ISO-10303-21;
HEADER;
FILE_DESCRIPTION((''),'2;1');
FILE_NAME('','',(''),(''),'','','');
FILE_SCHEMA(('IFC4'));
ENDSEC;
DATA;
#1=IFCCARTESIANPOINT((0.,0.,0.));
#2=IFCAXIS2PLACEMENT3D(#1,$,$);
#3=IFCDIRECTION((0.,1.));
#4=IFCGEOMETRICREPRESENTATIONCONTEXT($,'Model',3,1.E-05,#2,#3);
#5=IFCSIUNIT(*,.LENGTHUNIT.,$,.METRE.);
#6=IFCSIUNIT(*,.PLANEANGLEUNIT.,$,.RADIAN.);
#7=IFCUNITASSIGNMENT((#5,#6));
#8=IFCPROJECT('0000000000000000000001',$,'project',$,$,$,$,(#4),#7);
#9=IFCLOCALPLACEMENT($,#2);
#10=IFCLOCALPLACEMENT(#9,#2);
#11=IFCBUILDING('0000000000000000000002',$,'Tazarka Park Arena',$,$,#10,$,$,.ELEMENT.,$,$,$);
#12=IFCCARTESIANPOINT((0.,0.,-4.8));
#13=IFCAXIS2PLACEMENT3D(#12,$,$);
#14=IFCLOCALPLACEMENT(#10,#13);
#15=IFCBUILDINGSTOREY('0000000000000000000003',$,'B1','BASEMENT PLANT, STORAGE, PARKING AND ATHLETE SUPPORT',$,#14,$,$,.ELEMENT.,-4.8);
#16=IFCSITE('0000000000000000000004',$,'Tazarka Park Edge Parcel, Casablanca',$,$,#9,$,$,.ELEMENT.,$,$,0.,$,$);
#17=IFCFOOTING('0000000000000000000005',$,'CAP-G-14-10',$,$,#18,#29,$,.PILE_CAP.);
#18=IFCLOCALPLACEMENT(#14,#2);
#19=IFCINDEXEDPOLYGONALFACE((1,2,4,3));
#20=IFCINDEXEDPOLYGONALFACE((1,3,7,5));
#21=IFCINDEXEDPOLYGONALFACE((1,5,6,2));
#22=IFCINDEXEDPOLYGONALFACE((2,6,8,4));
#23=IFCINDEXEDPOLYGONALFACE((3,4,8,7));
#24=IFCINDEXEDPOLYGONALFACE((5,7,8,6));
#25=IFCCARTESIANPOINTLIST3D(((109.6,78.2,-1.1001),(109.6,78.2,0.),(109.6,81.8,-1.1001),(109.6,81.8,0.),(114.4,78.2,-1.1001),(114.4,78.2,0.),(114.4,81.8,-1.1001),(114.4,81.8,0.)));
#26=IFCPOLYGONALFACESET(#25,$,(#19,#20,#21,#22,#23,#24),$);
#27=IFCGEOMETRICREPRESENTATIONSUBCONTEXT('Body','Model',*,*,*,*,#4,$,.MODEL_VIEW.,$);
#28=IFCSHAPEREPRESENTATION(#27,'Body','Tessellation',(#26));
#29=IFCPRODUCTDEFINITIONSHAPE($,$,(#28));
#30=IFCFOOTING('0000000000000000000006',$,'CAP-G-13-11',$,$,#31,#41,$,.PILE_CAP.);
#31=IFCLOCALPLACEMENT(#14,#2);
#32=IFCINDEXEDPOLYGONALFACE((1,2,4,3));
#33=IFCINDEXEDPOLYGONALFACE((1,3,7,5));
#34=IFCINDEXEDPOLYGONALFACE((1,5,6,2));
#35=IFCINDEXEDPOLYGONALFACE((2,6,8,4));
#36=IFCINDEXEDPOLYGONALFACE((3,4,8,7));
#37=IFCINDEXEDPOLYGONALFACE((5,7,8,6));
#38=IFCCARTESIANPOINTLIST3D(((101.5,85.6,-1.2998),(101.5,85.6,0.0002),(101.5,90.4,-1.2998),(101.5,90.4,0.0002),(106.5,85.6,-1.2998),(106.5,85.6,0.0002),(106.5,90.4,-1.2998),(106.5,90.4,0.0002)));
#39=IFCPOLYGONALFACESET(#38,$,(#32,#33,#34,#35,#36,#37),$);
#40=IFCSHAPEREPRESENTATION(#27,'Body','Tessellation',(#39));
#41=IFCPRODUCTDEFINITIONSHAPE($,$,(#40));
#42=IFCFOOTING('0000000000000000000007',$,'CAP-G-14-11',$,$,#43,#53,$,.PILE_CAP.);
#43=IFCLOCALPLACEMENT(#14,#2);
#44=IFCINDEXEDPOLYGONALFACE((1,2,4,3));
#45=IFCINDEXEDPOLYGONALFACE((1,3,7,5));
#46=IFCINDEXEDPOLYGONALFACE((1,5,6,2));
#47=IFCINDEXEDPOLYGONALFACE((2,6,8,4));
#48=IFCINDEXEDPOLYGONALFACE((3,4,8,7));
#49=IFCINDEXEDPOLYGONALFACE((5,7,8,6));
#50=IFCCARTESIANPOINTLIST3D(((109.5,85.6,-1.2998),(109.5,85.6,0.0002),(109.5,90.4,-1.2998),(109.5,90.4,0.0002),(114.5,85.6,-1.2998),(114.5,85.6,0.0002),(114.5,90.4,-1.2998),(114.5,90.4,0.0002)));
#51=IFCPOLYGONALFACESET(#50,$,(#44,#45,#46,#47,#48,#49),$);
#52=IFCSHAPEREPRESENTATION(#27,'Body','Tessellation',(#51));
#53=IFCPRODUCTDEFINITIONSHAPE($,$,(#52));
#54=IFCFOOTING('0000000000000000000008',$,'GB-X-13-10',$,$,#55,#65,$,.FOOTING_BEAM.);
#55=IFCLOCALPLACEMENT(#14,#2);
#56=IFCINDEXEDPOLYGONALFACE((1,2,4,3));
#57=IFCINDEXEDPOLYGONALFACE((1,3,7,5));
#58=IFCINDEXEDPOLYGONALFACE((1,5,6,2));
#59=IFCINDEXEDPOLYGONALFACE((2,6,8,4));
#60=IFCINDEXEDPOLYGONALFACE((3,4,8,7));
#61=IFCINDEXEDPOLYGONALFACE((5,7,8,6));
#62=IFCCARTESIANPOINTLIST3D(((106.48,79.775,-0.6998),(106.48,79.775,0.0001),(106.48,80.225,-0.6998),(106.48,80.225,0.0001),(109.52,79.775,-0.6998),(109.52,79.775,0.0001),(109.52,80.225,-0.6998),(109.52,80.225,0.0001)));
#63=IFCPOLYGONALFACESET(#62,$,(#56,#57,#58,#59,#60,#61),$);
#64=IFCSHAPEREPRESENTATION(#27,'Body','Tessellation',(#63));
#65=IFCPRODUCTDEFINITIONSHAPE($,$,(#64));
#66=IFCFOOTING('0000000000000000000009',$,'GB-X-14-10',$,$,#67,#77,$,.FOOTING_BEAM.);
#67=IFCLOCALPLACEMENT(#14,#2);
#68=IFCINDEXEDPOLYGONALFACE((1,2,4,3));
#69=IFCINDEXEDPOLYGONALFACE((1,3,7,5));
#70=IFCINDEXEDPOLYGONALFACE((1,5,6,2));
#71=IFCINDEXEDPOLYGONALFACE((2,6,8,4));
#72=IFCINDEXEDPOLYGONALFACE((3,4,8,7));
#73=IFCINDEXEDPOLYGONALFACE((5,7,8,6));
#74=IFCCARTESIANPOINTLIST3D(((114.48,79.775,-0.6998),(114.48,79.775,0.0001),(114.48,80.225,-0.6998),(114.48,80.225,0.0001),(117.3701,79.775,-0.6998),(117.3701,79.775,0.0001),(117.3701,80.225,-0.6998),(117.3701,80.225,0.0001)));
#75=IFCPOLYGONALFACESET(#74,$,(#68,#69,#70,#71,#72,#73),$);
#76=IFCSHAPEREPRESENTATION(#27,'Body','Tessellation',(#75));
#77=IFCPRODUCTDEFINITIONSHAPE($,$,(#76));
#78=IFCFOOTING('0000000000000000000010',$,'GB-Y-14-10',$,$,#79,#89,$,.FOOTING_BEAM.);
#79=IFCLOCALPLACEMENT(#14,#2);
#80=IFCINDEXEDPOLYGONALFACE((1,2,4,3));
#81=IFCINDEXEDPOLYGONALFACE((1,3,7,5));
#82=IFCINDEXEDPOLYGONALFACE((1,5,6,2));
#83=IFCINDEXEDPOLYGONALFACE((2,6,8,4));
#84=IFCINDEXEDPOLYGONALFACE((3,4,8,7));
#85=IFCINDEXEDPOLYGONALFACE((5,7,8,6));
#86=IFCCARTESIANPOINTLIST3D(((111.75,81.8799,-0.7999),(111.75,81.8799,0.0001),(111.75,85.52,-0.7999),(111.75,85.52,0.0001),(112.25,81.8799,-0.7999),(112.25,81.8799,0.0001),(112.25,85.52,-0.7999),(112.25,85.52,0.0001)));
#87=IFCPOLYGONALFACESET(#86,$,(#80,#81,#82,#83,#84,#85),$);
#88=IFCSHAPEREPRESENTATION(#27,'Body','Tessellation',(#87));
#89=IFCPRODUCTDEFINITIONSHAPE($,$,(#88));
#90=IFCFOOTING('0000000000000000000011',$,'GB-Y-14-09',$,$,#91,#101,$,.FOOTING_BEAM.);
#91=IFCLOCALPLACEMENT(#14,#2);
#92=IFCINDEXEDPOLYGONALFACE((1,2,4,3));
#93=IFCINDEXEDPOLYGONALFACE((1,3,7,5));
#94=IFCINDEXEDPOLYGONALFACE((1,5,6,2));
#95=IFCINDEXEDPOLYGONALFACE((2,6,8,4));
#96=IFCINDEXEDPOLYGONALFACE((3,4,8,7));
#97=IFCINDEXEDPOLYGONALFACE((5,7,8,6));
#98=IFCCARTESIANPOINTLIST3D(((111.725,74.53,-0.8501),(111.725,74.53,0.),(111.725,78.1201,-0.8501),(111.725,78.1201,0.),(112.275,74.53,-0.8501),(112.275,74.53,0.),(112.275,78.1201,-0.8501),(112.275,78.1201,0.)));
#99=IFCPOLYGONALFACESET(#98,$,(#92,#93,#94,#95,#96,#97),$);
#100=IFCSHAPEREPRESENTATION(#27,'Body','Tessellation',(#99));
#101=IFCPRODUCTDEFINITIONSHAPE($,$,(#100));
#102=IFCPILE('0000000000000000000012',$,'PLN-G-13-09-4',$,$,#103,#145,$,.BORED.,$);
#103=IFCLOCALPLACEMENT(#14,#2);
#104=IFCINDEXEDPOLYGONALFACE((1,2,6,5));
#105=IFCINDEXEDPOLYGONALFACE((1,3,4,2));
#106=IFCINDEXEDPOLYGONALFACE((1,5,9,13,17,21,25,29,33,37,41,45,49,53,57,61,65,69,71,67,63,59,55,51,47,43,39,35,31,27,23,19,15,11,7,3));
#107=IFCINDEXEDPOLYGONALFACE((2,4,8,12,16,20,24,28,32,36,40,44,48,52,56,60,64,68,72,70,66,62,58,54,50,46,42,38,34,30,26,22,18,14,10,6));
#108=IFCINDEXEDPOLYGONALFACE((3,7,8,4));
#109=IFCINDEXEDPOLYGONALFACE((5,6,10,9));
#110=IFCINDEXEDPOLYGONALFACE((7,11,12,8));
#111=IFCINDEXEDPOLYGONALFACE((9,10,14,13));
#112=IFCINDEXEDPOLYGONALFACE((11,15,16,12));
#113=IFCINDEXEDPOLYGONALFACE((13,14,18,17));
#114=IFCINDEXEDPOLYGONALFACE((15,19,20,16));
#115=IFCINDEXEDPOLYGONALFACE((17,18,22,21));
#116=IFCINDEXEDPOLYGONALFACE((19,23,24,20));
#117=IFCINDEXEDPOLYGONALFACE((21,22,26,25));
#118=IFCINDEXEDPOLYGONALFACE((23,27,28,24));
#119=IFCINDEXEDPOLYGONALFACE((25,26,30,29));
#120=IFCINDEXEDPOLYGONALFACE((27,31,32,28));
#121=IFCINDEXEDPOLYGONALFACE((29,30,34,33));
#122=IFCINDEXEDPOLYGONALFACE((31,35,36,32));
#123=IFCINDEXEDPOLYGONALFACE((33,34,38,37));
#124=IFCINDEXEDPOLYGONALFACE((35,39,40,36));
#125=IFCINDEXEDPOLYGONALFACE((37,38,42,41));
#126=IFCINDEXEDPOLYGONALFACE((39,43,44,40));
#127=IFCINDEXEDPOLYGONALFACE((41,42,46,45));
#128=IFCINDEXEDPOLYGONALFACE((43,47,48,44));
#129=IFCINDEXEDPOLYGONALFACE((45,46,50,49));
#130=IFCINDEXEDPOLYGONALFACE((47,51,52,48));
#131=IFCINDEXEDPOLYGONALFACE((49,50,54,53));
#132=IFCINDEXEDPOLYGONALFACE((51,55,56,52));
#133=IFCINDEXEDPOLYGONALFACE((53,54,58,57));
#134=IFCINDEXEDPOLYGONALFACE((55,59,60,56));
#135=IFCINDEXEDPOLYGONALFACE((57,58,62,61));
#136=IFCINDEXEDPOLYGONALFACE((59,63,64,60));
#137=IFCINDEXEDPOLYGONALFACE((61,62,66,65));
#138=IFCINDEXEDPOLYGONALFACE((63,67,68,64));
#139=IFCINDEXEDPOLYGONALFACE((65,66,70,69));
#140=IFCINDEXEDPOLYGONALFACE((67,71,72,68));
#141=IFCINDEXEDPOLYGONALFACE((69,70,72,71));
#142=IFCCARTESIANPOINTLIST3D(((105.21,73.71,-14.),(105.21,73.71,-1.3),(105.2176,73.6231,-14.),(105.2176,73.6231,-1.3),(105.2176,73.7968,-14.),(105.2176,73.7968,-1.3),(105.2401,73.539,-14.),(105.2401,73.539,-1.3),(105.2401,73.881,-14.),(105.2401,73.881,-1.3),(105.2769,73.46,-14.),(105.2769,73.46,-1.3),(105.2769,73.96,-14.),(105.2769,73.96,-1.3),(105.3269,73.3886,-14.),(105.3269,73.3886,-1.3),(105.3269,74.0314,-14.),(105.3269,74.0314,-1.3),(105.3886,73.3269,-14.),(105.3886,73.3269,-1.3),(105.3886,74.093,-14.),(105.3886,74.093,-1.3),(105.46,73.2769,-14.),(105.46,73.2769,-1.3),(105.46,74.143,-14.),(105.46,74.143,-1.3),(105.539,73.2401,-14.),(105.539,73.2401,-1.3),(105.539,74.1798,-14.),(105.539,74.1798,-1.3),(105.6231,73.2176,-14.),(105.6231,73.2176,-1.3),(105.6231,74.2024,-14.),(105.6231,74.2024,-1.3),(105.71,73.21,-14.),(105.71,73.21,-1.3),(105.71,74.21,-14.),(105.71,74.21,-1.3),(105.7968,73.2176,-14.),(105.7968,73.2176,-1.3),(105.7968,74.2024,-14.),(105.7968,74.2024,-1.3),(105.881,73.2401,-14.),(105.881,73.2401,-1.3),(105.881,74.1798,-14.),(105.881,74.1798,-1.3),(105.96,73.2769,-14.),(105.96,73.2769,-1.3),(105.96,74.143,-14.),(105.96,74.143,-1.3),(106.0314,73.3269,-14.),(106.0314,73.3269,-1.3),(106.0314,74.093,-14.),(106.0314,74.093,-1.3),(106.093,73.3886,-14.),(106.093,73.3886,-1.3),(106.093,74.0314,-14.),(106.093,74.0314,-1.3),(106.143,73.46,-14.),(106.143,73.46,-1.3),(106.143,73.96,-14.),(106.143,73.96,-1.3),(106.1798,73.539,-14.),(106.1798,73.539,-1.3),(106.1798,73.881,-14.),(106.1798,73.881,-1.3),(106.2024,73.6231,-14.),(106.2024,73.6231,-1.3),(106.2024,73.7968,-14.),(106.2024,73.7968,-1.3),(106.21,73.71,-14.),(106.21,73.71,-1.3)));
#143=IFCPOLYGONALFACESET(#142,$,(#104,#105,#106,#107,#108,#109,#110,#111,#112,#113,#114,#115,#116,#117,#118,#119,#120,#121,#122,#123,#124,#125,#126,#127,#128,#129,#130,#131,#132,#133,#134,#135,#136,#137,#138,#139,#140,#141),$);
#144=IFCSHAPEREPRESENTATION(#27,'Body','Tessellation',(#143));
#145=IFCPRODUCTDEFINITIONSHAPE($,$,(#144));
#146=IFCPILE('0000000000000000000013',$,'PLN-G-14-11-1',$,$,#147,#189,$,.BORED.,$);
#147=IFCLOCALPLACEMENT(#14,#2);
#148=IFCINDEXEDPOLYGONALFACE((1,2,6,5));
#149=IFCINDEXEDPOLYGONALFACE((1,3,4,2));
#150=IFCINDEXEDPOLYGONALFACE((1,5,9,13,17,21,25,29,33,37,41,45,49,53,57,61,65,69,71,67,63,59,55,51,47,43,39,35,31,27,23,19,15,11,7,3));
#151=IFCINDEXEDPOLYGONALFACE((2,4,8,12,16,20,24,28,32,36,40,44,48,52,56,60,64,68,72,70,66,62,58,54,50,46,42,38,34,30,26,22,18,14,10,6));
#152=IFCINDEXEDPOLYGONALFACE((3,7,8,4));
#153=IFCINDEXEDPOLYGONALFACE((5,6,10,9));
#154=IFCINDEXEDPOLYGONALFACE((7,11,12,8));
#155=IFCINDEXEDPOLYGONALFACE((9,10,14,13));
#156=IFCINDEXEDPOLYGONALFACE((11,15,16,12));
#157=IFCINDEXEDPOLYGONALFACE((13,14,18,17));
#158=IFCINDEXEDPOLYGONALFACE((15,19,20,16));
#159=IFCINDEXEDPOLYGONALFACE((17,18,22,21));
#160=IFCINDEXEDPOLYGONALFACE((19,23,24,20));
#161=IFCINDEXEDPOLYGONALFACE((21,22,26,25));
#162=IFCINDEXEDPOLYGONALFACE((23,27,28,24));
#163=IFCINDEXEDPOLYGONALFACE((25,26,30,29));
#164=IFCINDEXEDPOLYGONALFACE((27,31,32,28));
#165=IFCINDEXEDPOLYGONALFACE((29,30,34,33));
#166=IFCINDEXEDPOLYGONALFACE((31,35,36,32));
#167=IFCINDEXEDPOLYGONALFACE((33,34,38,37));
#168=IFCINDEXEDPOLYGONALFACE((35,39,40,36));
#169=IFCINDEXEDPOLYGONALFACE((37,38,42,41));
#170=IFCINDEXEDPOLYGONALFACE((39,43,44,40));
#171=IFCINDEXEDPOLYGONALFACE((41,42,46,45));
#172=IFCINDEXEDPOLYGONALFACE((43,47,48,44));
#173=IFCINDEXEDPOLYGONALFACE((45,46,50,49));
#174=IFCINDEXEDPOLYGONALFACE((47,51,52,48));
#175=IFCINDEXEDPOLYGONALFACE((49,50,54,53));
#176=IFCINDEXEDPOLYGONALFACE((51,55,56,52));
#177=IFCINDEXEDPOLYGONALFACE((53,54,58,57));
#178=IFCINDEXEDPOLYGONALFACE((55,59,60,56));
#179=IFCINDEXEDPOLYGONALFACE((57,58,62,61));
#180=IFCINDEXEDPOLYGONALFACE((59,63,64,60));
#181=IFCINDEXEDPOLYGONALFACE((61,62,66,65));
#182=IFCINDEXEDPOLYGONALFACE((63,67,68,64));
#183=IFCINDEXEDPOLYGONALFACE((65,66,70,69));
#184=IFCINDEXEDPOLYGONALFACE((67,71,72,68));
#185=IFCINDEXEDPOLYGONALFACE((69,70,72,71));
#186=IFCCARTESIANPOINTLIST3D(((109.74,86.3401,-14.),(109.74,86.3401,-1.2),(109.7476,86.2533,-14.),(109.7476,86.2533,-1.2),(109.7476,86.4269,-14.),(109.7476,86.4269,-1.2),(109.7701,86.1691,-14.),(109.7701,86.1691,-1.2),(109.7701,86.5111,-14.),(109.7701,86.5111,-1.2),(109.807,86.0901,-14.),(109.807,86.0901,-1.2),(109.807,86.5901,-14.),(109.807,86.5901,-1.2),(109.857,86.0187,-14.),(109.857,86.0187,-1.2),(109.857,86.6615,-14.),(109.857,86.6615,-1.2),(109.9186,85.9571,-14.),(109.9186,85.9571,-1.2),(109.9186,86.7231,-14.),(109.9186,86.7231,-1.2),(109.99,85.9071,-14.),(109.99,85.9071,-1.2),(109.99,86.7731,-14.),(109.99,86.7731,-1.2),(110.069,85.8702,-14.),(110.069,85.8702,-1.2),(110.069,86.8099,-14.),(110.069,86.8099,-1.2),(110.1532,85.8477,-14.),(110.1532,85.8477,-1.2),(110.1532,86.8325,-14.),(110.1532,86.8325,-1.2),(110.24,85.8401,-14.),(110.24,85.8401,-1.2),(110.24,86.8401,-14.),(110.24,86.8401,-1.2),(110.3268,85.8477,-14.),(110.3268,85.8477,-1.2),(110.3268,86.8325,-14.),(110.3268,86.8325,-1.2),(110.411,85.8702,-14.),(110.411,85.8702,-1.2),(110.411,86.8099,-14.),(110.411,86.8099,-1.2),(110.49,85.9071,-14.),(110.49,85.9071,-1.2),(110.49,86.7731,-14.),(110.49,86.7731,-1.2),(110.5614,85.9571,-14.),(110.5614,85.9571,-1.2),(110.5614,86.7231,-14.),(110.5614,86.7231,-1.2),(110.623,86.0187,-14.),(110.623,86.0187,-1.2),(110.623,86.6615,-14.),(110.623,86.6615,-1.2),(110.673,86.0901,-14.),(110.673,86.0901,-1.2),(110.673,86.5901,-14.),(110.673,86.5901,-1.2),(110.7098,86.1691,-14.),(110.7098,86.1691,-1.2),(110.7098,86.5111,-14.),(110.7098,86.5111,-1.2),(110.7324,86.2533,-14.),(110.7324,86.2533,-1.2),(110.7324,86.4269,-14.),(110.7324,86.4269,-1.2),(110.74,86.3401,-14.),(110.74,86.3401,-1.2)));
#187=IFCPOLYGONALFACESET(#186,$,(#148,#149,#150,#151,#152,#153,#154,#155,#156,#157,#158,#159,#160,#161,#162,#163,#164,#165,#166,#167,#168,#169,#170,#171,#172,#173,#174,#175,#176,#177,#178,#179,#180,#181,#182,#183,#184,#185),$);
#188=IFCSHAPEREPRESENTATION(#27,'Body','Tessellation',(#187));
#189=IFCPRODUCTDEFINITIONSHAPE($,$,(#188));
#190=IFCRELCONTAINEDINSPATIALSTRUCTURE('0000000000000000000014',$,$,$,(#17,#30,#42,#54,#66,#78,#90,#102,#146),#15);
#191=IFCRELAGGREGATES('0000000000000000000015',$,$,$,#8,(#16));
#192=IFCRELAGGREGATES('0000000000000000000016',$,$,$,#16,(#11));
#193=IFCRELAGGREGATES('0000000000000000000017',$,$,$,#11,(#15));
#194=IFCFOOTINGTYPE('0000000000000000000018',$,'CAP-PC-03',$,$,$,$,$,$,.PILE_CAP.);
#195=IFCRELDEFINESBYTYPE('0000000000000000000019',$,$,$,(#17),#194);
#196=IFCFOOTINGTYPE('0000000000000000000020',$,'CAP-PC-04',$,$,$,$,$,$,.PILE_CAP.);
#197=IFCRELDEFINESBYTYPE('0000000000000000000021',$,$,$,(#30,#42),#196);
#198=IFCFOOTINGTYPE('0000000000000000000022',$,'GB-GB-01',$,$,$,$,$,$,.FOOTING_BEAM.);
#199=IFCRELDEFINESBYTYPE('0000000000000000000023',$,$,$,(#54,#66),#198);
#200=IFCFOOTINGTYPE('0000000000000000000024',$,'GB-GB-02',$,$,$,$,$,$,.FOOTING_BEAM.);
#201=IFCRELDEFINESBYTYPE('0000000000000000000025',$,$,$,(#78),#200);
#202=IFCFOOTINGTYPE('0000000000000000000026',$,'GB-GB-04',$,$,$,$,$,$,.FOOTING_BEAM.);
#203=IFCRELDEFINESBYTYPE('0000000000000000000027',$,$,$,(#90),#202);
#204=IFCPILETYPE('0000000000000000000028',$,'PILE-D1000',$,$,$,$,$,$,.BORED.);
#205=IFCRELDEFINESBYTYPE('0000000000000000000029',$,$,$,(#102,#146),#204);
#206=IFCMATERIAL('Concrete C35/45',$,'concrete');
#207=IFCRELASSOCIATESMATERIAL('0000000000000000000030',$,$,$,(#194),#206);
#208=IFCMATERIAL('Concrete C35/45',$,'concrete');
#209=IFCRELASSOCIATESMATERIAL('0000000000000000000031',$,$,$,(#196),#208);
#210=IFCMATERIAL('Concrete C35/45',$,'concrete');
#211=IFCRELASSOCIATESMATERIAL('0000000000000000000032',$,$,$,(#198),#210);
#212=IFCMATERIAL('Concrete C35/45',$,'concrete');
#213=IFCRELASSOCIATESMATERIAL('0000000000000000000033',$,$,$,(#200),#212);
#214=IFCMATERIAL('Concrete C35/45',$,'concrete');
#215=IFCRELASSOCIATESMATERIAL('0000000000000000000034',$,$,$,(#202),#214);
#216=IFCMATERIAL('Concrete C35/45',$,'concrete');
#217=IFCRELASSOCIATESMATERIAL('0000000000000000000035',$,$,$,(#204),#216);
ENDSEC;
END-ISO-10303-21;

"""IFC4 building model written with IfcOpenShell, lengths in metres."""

from ifc_helpers import new_model, si_unit, direction, frame, origin, origin_2d, place, context, subcontext, project, spatial, rectangle, circle, extrude, material, material_profile, profile_set, type_object, element, save


model = new_model("IFC4")

# Units and contexts
model_context = context("Model", 3, precision=1e-05, world=origin(), true_north=direction((0.0, 1.0)))
body_context = subcontext(model_context, "Body", "Model", "MODEL_VIEW")
ifc_project = project(units=[si_unit("LENGTHUNIT", "METRE"), si_unit("PLANEANGLEUNIT", "RADIAN")], contexts=[model_context])

# Site, building, storey
site_placement = place(None, origin())
site = spatial("IfcSite", under=ifc_project, at=site_placement, Name="Tazarka Park Edge Parcel, Casablanca", CompositionType="ELEMENT", RefElevation=0.0)
building_placement = place(site_placement, origin())
building = spatial("IfcBuilding", under=site, at=building_placement, Name="Tazarka Park Arena", CompositionType="ELEMENT")
storey_placement = place(building_placement, frame((0.0, 0.0, -4.8)))
storey = spatial("IfcBuildingStorey", under=building, at=storey_placement, Name="B1", Description="BASEMENT PLANT, STORAGE, PARKING AND ATHLETE SUPPORT", CompositionType="ELEMENT", Elevation=-4.8)

# Footings
ifc_material_1 = material(Name="Concrete C35/45", Category="concrete")
footing_type_1 = type_object("IfcFootingType", Name="CAP-PC-03", PredefinedType="PILE_CAP", material=ifc_material_1)
footing_1_placement = place(storey_placement, frame((112.0, 80.0, -1.1001), z_axis=(0.0, 0.0, 1.0), x_axis=(1.0, 0.0, 0.0)))
element("IfcFooting", 1, at=footing_1_placement, inside=storey, type_object=footing_type_1, Name="CAP-G-14-10", PredefinedType="PILE_CAP", context=body_context, shape_type="SweptSolid", body=[
    extrude(rectangle(XDim=4.8, YDim=3.6001, at=origin_2d()), origin(), (0.0, 0.0, 1.0), 1.1001),
])
ifc_material_2 = material(Name="Concrete C35/45", Category="concrete")
footing_type_2 = type_object("IfcFootingType", Name="CAP-PC-04", PredefinedType="PILE_CAP", material=ifc_material_2)
for number, where, z_axis, x_axis, name in (
    (2, (104.0, 88.0, -1.2998), (0.0, 0.0, 1.0), (1.0, 0.0, 0.0), "CAP-G-13-11"),
    (3, (112.0, 88.0, -1.2998), (0.0, 0.0, 1.0), (1.0, 0.0, 0.0), "CAP-G-14-11"),
):
    element("IfcFooting", number, at=place(storey_placement, frame(where, z_axis=z_axis, x_axis=x_axis)), inside=storey, type_object=footing_type_2, Name=name, PredefinedType="PILE_CAP", context=body_context, shape_type="SweptSolid", body=[
        extrude(rectangle(XDim=5.0, YDim=4.8, at=origin_2d()), origin(), (0.0, 0.0, 1.0), 1.3),
    ])
ifc_material_3 = material(Name="Concrete C35/45", Category="concrete")
ifc_material_profile_1 = material_profile(ifc_material_3, rectangle(XDim=0.45, YDim=0.7, at=origin_2d()), Name="Concrete C35/45")
ifc_profile_set_1 = profile_set([ifc_material_profile_1], Name="Concrete C35/45")
footing_type_3 = type_object("IfcFootingType", Name="GB-GB-01", PredefinedType="FOOTING_BEAM", material=ifc_profile_set_1)
footing_2_placement = place(storey_placement, frame((106.48, 80.0, -0.3499), z_axis=(1.0, 0.0, 0.0), x_axis=(0.0, 1.0, 0.0)))
element("IfcFooting", 4, at=footing_2_placement, inside=storey, type_object=footing_type_3, Name="GB-X-13-10", PredefinedType="FOOTING_BEAM", context=body_context, shape_type="SweptSolid", body=[
    extrude(rectangle(XDim=0.45, YDim=0.7, at=origin_2d()), origin(), (0.0, 0.0, 1.0), 3.04),
])
footing_3_placement = place(storey_placement, frame((114.48, 80.0, -0.3499), z_axis=(1.0, 0.0, 0.0), x_axis=(0.0, 1.0, 0.0)))
element("IfcFooting", 5, at=footing_3_placement, inside=storey, type_object=footing_type_3, Name="GB-X-14-10", PredefinedType="FOOTING_BEAM", context=body_context, shape_type="SweptSolid", body=[
    extrude(rectangle(XDim=0.45, YDim=0.7, at=origin_2d()), origin(), (0.0, 0.0, 1.0), 2.8901),
])
ifc_material_4 = material(Name="Concrete C35/45", Category="concrete")
ifc_material_profile_2 = material_profile(ifc_material_4, rectangle(XDim=0.5, YDim=0.8, at=origin_2d()), Name="Concrete C35/45")
ifc_profile_set_2 = profile_set([ifc_material_profile_2], Name="Concrete C35/45")
footing_type_4 = type_object("IfcFootingType", Name="GB-GB-02", PredefinedType="FOOTING_BEAM", material=ifc_profile_set_2)
footing_4_placement = place(storey_placement, frame((112.0, 81.8799, -0.3999), z_axis=(0.0, 1.0, 0.0), x_axis=(-1.0, 0.0, 0.0)))
element("IfcFooting", 6, at=footing_4_placement, inside=storey, type_object=footing_type_4, Name="GB-Y-14-10", PredefinedType="FOOTING_BEAM", context=body_context, shape_type="SweptSolid", body=[
    extrude(rectangle(XDim=0.5, YDim=0.8, at=origin_2d()), origin(), (0.0, 0.0, 1.0), 3.6401),
])
ifc_material_5 = material(Name="Concrete C35/45", Category="concrete")
ifc_material_profile_3 = material_profile(ifc_material_5, rectangle(XDim=0.55, YDim=0.8501, at=origin_2d()), Name="Concrete C35/45")
ifc_profile_set_3 = profile_set([ifc_material_profile_3], Name="Concrete C35/45")
footing_type_5 = type_object("IfcFootingType", Name="GB-GB-04", PredefinedType="FOOTING_BEAM", material=ifc_profile_set_3)
footing_5_placement = place(storey_placement, frame((112.0, 74.53, -0.425), z_axis=(0.0, 1.0, 0.0), x_axis=(-1.0, 0.0, 0.0)))
element("IfcFooting", 7, at=footing_5_placement, inside=storey, type_object=footing_type_5, Name="GB-Y-14-09", PredefinedType="FOOTING_BEAM", context=body_context, shape_type="SweptSolid", body=[
    extrude(rectangle(XDim=0.55, YDim=0.8501, at=origin_2d()), origin(), (0.0, 0.0, 1.0), 3.5901),
])

# Piles
ifc_material_6 = material(Name="Concrete C35/45", Category="concrete")
ifc_material_profile_4 = material_profile(ifc_material_6, circle(Radius=0.5, at=origin_2d()), Name="Concrete C35/45")
ifc_profile_set_4 = profile_set([ifc_material_profile_4], Name="Concrete C35/45")
pile_type_1 = type_object("IfcPileType", Name="PILE-D1000", PredefinedType="BORED", material=ifc_profile_set_4)
pile_1_placement = place(storey_placement, frame((105.71, 73.71, -1.3), z_axis=(0.0, 0.0, -1.0), x_axis=(1.0, 0.0, 0.0)))
element("IfcPile", 8, at=pile_1_placement, inside=storey, type_object=pile_type_1, Name="PLN-G-13-09-4", PredefinedType="BORED", context=body_context, shape_type="SweptSolid", body=[
    extrude(circle(Radius=0.5, at=origin_2d()), origin(), (0.0, 0.0, 1.0), 12.7),
])
for number, where, z_axis, x_axis, name in (
    (9, (110.24, 86.3401, -1.2), (0.0, 0.0, -1.0), (1.0, 0.0, 0.0), "PLN-G-14-11-1"),
):
    element("IfcPile", number, at=place(storey_placement, frame(where, z_axis=z_axis, x_axis=x_axis)), inside=storey, type_object=pile_type_1, Name=name, PredefinedType="BORED", context=body_context, shape_type="SweptSolid", body=[
        extrude(circle(Radius=0.5, at=origin_2d()), origin(), (0.0, 0.0, 1.0), 12.8),
    ])

save(model, "model.ifc")
